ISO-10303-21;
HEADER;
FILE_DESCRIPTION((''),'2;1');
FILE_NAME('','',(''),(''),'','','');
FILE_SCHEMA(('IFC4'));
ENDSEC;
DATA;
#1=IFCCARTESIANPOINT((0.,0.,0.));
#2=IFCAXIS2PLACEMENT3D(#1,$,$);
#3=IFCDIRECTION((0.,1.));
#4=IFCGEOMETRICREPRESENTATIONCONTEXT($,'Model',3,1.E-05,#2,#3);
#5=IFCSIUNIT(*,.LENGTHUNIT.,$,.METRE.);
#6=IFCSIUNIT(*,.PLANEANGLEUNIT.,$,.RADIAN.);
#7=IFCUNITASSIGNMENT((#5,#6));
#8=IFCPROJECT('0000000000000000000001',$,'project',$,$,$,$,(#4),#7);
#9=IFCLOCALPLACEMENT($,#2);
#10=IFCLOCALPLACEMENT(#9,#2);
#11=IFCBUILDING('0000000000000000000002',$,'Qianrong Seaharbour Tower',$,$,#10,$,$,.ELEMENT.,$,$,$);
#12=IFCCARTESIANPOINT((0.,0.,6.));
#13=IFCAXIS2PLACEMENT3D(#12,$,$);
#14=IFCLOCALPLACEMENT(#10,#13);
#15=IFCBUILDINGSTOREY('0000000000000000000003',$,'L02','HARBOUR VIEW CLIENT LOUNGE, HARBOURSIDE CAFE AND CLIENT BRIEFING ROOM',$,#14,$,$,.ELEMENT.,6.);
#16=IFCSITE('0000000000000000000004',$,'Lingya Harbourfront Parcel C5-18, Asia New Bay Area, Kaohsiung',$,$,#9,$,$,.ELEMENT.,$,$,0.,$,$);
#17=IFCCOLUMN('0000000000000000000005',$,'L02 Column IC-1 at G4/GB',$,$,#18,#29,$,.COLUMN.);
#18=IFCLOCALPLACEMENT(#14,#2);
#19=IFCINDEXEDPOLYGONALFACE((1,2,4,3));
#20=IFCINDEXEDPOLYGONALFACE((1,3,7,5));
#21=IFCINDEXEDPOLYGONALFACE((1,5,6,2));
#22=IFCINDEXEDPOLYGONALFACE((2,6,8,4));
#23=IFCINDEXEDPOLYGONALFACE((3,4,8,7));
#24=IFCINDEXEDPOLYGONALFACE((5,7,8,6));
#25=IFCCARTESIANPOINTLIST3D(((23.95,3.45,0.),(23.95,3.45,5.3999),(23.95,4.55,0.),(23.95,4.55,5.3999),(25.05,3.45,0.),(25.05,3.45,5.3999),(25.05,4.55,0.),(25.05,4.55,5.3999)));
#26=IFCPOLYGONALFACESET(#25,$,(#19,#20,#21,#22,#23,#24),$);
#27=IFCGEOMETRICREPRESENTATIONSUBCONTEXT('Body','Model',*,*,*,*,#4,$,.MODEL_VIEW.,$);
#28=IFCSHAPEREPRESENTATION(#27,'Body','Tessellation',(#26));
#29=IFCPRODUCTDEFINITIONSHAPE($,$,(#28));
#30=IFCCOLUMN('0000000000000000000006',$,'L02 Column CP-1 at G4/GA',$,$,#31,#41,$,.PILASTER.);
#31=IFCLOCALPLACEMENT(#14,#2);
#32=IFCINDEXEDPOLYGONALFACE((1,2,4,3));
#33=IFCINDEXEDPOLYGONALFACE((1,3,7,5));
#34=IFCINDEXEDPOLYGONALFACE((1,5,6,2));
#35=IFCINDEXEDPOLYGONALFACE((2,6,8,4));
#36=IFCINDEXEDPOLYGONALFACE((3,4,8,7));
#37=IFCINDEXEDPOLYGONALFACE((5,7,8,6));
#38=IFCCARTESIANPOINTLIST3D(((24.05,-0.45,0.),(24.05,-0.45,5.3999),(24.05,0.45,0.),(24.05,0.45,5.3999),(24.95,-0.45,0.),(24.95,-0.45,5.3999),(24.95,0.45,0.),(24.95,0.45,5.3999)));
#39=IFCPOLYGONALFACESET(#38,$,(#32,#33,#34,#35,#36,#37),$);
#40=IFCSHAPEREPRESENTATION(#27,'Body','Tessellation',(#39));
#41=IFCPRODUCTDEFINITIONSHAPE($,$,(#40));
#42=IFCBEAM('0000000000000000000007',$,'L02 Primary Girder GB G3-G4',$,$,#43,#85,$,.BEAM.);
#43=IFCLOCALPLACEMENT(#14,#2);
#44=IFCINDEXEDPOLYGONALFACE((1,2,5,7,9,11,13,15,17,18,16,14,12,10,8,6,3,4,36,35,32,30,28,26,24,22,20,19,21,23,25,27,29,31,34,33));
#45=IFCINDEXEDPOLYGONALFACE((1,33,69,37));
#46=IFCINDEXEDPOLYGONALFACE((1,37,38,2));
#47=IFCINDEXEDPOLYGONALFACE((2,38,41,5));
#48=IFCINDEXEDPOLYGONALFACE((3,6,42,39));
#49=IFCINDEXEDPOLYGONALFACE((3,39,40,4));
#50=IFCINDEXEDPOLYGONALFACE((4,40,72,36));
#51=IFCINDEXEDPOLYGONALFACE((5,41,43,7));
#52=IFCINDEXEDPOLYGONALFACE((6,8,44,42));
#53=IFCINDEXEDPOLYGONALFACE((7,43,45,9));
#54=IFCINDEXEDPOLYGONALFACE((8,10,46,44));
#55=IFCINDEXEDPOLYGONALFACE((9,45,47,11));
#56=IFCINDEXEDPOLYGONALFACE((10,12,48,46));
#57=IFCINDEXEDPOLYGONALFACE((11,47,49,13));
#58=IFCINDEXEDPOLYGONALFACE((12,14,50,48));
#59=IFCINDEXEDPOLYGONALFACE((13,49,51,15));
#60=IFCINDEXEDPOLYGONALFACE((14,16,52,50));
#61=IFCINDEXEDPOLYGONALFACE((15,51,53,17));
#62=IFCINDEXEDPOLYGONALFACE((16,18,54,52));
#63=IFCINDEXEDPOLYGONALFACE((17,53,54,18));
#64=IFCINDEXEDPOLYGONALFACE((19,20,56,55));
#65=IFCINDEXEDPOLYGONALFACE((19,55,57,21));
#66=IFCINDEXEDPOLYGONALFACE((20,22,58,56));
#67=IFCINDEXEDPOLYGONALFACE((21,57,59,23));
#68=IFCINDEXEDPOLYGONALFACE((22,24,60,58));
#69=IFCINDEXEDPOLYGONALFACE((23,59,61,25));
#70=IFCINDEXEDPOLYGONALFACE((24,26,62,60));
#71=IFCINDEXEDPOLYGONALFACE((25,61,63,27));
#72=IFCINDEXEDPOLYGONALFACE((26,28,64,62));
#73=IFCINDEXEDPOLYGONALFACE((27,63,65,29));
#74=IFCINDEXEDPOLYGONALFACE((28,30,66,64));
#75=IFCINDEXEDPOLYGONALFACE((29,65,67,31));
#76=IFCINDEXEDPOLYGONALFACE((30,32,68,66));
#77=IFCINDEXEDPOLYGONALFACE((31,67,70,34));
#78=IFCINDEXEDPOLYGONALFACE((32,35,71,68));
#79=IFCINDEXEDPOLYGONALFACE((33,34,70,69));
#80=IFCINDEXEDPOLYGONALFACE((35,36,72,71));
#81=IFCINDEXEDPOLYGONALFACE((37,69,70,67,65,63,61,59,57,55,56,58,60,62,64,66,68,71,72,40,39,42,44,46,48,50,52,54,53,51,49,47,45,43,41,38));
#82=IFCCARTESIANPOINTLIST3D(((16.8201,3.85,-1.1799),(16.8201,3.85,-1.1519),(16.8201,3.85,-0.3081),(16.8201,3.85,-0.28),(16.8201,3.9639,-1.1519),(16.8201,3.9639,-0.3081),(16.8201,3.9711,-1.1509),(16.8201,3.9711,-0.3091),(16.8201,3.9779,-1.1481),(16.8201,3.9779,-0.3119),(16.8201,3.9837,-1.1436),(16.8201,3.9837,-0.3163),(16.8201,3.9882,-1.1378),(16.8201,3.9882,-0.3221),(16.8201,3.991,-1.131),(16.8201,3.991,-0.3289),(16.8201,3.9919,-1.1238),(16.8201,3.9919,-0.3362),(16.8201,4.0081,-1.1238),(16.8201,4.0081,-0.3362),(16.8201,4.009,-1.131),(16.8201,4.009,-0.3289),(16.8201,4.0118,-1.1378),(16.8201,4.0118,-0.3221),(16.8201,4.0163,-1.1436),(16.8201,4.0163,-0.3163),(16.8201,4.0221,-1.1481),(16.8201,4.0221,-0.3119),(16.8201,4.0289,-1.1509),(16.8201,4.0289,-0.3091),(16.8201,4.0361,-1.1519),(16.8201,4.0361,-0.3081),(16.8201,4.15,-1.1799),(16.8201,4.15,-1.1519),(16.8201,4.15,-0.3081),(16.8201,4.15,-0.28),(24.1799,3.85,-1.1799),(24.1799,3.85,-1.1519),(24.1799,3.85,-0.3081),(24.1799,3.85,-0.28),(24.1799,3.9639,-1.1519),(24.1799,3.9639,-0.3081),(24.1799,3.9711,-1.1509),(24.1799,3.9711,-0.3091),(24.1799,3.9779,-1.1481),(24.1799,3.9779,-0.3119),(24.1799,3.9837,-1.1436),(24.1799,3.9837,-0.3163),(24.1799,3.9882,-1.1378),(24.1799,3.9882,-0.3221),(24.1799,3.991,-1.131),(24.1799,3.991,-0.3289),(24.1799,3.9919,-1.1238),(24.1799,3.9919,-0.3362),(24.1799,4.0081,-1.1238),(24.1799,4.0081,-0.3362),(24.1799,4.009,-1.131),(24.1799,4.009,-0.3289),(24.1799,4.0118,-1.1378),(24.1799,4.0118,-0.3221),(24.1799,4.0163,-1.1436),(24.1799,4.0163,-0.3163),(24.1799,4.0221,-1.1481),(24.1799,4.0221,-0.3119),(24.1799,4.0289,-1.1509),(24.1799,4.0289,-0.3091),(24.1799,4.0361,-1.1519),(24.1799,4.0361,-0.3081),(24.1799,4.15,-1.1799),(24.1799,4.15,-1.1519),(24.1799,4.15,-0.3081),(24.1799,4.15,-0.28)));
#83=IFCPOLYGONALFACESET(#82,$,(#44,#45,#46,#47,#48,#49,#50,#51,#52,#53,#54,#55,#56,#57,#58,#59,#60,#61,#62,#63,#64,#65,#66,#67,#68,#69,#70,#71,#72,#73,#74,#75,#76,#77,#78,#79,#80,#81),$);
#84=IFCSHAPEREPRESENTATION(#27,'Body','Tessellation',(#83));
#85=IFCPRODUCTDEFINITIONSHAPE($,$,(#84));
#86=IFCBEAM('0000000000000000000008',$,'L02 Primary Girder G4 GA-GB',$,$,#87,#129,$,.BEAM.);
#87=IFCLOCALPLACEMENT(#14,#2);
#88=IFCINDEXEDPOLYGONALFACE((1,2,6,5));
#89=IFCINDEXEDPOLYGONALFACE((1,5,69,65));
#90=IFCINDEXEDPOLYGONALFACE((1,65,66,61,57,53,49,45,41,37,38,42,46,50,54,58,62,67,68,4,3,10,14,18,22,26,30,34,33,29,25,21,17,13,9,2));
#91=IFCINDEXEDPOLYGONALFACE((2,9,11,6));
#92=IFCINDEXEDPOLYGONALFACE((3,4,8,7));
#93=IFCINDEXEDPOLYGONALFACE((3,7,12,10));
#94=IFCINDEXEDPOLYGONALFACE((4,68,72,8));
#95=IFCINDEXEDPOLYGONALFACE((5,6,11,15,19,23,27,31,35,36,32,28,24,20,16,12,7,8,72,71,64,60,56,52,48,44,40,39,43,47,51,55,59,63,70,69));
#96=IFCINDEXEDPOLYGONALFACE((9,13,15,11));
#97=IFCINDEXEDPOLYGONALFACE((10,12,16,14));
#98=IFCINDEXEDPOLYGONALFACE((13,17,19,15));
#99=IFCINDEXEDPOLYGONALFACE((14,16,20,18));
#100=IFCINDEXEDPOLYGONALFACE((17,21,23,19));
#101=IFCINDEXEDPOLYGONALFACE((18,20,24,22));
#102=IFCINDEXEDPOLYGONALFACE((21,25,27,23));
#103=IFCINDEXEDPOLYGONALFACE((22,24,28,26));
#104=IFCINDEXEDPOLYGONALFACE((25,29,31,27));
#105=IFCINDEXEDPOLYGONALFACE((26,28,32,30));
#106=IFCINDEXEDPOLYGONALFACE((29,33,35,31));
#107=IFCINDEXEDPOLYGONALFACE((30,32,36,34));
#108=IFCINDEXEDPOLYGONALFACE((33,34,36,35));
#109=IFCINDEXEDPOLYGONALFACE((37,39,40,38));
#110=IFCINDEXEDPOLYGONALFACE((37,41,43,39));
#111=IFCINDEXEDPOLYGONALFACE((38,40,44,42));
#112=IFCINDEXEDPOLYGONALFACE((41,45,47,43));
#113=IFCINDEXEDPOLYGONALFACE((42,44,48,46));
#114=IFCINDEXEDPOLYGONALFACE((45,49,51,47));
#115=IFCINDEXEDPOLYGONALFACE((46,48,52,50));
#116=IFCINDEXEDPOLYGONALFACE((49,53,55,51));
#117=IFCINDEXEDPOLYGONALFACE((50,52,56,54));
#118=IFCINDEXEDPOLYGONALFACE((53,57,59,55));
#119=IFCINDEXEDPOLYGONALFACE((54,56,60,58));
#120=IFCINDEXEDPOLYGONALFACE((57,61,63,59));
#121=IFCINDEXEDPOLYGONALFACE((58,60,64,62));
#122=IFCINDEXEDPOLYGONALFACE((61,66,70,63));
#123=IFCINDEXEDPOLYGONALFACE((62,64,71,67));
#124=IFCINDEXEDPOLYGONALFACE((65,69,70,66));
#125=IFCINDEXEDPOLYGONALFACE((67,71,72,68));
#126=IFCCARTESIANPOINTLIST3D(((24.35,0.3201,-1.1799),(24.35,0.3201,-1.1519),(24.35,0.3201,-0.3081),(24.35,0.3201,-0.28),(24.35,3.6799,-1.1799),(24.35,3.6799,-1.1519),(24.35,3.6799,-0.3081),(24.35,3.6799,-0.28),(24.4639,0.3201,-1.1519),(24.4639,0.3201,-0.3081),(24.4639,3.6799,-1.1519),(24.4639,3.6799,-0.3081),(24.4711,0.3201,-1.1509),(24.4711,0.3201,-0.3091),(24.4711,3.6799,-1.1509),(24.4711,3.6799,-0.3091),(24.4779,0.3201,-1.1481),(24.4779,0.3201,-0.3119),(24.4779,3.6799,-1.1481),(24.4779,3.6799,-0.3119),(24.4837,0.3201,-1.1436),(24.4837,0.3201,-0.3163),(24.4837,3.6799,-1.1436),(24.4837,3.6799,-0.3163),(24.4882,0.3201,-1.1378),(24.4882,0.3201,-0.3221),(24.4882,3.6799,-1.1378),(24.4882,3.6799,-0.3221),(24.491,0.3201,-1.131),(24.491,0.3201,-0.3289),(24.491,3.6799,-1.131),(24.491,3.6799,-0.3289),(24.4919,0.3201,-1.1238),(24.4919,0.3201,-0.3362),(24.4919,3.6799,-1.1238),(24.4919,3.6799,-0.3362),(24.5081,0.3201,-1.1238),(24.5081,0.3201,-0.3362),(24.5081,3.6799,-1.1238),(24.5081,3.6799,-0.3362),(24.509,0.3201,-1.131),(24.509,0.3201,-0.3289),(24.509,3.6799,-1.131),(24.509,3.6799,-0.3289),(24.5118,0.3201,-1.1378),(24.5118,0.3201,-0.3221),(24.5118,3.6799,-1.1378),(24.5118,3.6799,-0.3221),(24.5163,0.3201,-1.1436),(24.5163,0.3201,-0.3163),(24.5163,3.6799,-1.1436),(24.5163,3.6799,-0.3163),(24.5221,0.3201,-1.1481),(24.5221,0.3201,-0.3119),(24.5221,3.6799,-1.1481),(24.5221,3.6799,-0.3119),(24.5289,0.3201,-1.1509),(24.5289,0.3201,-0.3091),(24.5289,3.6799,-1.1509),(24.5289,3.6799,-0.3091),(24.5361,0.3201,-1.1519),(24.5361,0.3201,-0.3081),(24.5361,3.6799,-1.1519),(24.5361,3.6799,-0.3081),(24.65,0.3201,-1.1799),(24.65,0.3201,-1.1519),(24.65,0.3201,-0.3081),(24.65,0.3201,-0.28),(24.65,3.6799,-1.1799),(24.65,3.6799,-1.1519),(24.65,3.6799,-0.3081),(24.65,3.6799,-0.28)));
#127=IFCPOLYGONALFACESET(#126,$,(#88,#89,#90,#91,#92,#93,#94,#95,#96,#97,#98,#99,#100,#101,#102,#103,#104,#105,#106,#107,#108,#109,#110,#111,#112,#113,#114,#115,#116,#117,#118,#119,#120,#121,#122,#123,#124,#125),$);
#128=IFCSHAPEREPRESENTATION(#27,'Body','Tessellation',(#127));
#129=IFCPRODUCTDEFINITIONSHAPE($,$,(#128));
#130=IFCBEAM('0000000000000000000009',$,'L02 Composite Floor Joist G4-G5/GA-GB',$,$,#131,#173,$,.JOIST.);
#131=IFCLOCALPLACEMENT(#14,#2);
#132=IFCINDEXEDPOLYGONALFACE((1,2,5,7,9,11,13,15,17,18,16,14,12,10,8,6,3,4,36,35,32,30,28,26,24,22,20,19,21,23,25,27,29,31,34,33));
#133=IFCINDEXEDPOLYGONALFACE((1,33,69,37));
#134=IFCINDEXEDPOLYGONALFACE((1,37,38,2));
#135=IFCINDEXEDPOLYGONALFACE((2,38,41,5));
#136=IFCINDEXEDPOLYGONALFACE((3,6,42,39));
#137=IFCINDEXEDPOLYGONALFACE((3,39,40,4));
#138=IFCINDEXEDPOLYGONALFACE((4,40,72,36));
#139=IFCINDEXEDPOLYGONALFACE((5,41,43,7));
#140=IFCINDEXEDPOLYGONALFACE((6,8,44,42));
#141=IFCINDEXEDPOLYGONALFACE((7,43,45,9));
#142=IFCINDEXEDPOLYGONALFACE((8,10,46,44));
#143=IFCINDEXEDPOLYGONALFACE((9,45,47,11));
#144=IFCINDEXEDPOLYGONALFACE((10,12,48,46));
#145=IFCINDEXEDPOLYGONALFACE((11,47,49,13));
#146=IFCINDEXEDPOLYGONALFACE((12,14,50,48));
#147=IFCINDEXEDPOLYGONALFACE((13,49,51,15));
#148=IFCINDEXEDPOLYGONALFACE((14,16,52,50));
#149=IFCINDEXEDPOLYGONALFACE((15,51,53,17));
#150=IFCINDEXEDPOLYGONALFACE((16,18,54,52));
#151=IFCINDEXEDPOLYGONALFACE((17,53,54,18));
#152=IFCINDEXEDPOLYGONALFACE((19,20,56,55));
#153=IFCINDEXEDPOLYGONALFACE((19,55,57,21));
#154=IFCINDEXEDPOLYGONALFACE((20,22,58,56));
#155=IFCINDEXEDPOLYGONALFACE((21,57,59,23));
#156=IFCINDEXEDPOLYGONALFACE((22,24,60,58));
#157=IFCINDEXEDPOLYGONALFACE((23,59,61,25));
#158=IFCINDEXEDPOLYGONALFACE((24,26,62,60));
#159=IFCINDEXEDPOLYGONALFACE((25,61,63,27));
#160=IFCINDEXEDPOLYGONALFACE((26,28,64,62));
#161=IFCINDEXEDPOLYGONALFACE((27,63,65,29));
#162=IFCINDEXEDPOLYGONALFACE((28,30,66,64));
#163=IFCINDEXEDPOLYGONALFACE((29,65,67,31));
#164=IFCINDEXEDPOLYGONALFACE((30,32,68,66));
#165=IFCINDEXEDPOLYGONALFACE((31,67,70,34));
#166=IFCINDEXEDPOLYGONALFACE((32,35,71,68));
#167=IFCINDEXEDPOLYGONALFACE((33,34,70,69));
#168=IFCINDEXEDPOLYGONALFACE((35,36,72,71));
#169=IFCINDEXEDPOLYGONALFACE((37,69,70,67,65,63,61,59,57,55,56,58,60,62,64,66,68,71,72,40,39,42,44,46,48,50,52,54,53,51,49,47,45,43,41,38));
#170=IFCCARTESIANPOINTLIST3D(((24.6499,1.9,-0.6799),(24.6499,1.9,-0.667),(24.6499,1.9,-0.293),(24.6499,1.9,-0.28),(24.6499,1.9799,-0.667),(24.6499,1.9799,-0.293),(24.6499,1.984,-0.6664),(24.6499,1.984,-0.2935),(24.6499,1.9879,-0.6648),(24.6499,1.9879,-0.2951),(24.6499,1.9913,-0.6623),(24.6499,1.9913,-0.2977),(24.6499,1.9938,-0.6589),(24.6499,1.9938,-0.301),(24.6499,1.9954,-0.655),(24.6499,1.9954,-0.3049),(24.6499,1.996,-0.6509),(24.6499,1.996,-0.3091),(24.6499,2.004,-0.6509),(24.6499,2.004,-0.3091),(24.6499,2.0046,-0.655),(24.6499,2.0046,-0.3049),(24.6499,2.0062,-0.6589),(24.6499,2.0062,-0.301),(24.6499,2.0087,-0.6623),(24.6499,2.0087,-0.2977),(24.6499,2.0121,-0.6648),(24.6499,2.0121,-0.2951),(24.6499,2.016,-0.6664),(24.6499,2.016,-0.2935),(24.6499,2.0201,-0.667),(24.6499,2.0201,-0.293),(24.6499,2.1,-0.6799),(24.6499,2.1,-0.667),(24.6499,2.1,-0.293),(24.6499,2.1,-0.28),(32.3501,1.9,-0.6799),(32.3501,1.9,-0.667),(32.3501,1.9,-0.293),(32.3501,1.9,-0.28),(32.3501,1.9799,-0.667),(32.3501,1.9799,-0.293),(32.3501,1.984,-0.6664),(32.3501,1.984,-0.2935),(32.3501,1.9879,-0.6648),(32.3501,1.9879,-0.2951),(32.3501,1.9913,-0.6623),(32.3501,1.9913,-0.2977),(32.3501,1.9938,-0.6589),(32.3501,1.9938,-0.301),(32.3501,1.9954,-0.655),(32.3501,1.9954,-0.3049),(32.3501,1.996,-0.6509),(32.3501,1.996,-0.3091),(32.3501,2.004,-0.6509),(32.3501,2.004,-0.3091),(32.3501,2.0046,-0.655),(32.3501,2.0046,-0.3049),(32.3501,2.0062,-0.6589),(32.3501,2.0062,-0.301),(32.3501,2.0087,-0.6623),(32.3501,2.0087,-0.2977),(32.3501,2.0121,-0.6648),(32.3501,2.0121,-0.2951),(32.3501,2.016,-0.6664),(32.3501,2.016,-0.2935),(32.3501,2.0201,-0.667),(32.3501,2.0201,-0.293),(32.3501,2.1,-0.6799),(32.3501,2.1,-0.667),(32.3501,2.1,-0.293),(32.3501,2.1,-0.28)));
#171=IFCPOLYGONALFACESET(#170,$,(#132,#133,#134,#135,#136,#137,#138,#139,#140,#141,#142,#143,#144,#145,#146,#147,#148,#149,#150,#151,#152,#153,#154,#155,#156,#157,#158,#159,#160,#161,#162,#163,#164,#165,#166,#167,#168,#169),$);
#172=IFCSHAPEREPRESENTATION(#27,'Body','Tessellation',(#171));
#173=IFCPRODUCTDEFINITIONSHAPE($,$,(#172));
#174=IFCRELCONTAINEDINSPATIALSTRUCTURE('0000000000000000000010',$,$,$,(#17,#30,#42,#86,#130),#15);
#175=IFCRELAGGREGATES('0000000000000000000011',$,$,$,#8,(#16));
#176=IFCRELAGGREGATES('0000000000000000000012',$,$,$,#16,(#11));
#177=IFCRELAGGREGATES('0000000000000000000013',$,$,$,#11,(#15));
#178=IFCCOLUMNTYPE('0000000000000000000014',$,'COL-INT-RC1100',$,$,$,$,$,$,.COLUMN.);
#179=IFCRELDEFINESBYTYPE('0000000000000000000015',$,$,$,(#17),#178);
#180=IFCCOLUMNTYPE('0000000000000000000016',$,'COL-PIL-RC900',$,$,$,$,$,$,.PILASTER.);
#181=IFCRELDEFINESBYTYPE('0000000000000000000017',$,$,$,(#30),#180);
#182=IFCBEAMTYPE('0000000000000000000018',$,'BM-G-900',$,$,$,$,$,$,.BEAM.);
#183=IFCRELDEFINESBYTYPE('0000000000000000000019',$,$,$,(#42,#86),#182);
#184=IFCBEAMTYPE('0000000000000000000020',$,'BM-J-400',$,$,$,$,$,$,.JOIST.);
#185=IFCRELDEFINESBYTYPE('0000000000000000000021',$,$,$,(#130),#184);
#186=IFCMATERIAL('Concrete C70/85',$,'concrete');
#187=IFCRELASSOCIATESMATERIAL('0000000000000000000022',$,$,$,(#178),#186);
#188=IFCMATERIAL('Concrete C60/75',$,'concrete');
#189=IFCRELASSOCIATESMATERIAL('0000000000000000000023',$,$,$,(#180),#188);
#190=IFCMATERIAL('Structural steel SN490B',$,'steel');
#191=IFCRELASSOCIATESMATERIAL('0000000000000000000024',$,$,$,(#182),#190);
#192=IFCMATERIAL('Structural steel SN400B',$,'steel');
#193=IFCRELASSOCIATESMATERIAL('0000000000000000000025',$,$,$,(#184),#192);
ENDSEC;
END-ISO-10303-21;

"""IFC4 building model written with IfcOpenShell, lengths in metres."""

from ifc_helpers import new_model, si_unit, direction, frame, origin, origin_2d, place, context, subcontext, project, spatial, rectangle, i_section, extrude, material, material_profile, profile_set, type_object, element, save


model = new_model("IFC4")

# Units and contexts
model_context = context("Model", 3, precision=1e-05, world=origin(), true_north=direction((0.0, 1.0)))
body_context = subcontext(model_context, "Body", "Model", "MODEL_VIEW")
ifc_project = project(units=[si_unit("LENGTHUNIT", "METRE"), si_unit("PLANEANGLEUNIT", "RADIAN")], contexts=[model_context])

# Site, building, storey
site_placement = place(None, origin())
site = spatial("IfcSite", under=ifc_project, at=site_placement, Name="Lingya Harbourfront Parcel C5-18, Asia New Bay Area, Kaohsiung", CompositionType="ELEMENT", RefElevation=0.0)
building_placement = place(site_placement, origin())
building = spatial("IfcBuilding", under=site, at=building_placement, Name="Qianrong Seaharbour Tower", CompositionType="ELEMENT")
storey_placement = place(building_placement, frame((0.0, 0.0, 6.0)))
storey = spatial("IfcBuildingStorey", under=building, at=storey_placement, Name="L02", Description="HARBOUR VIEW CLIENT LOUNGE, HARBOURSIDE CAFE AND CLIENT BRIEFING ROOM", CompositionType="ELEMENT", Elevation=6.0)

# Columns
ifc_material_1 = material(Name="Concrete C70/85", Category="concrete")
ifc_material_profile_1 = material_profile(ifc_material_1, rectangle(XDim=1.1001, YDim=1.1001, at=origin_2d()), Name="RC1100x1100")
ifc_profile_set_1 = profile_set([ifc_material_profile_1], Name="Concrete C70/85")
column_type_1 = type_object("IfcColumnType", Name="COL-INT-RC1100", PredefinedType="COLUMN", material=ifc_profile_set_1)
column_1_placement = place(storey_placement, frame((24.5, 4.0, 0.0), z_axis=(0.0, 0.0, 1.0), x_axis=(1.0, 0.0, 0.0)))
element("IfcColumn", 1, at=column_1_placement, inside=storey, type_object=column_type_1, Name="L02 Column IC-1 at G4/GB", PredefinedType="COLUMN", context=body_context, shape_type="SweptSolid", body=[
    extrude(rectangle(XDim=1.1001, YDim=1.1001, at=origin_2d()), origin(), (0.0, 0.0, 1.0), 5.3999),
])
ifc_material_2 = material(Name="Concrete C60/75", Category="concrete")
ifc_material_profile_2 = material_profile(ifc_material_2, rectangle(XDim=0.8999, YDim=0.8999, at=origin_2d()), Name="RC900x900")
ifc_profile_set_2 = profile_set([ifc_material_profile_2], Name="Concrete C60/75")
column_type_2 = type_object("IfcColumnType", Name="COL-PIL-RC900", PredefinedType="PILASTER", material=ifc_profile_set_2)
column_2_placement = place(storey_placement, frame((24.5, 0.0, 0.0), z_axis=(0.0, 0.0, 1.0), x_axis=(1.0, 0.0, 0.0)))
element("IfcColumn", 2, at=column_2_placement, inside=storey, type_object=column_type_2, Name="L02 Column CP-1 at G4/GA", PredefinedType="PILASTER", context=body_context, shape_type="SweptSolid", body=[
    extrude(rectangle(XDim=0.8999, YDim=0.8999, at=origin_2d()), origin(), (0.0, 0.0, 1.0), 5.3999),
])

# Beams
ifc_material_3 = material(Name="Structural steel SN490B", Category="steel")
ifc_material_profile_3 = material_profile(ifc_material_3, i_section(OverallWidth=0.3, OverallDepth=0.8999, WebThickness=0.0161, FlangeThickness=0.0281, FilletRadius=0.0281, at=origin_2d()), Name="H900x300x16x28")
ifc_profile_set_3 = profile_set([ifc_material_profile_3], Name="Structural steel SN490B")
beam_type_1 = type_object("IfcBeamType", Name="BM-G-900", PredefinedType="BEAM", material=ifc_profile_set_3)
beam_1_placement = place(storey_placement, frame((16.8201, 4.0, -0.73), z_axis=(1.0, 0.0, 0.0), x_axis=(0.0, 1.0, 0.0)))
element("IfcBeam", 3, at=beam_1_placement, inside=storey, type_object=beam_type_1, Name="L02 Primary Girder GB G3-G4", PredefinedType="BEAM", context=body_context, shape_type="SweptSolid", body=[
    extrude(i_section(OverallWidth=0.3, OverallDepth=0.8999, WebThickness=0.0161, FlangeThickness=0.0281, FilletRadius=0.0281, at=origin_2d()), origin(), (0.0, 0.0, 1.0), 7.3599),
])
beam_2_placement = place(storey_placement, frame((24.5, 0.3201, -0.73), z_axis=(0.0, 1.0, 0.0), x_axis=(-1.0, 0.0, 0.0)))
element("IfcBeam", 4, at=beam_2_placement, inside=storey, type_object=beam_type_1, Name="L02 Primary Girder G4 GA-GB", PredefinedType="BEAM", context=body_context, shape_type="SweptSolid", body=[
    extrude(i_section(OverallWidth=0.3, OverallDepth=0.8999, WebThickness=0.0161, FlangeThickness=0.0281, FilletRadius=0.0281, at=origin_2d()), origin(), (0.0, 0.0, 1.0), 3.3599),
])
ifc_material_4 = material(Name="Structural steel SN400B", Category="steel")
ifc_material_profile_4 = material_profile(ifc_material_4, i_section(OverallWidth=0.2, OverallDepth=0.3999, WebThickness=0.0081, FlangeThickness=0.0129, FilletRadius=0.0161, at=origin_2d()), Name="H400x200x8x13")
ifc_profile_set_4 = profile_set([ifc_material_profile_4], Name="Structural steel SN400B")
beam_type_2 = type_object("IfcBeamType", Name="BM-J-400", PredefinedType="JOIST", material=ifc_profile_set_4)
beam_3_placement = place(storey_placement, frame((24.6499, 2.0, -0.48), z_axis=(1.0, 0.0, 0.0), x_axis=(0.0, 1.0, 0.0)))
element("IfcBeam", 5, at=beam_3_placement, inside=storey, type_object=beam_type_2, Name="L02 Composite Floor Joist G4-G5/GA-GB", PredefinedType="JOIST", context=body_context, shape_type="SweptSolid", body=[
    extrude(i_section(OverallWidth=0.2, OverallDepth=0.3999, WebThickness=0.0081, FlangeThickness=0.0129, FilletRadius=0.0161, at=origin_2d()), origin(), (0.0, 0.0, 1.0), 7.7002),
])

save(model, "model.ifc")
